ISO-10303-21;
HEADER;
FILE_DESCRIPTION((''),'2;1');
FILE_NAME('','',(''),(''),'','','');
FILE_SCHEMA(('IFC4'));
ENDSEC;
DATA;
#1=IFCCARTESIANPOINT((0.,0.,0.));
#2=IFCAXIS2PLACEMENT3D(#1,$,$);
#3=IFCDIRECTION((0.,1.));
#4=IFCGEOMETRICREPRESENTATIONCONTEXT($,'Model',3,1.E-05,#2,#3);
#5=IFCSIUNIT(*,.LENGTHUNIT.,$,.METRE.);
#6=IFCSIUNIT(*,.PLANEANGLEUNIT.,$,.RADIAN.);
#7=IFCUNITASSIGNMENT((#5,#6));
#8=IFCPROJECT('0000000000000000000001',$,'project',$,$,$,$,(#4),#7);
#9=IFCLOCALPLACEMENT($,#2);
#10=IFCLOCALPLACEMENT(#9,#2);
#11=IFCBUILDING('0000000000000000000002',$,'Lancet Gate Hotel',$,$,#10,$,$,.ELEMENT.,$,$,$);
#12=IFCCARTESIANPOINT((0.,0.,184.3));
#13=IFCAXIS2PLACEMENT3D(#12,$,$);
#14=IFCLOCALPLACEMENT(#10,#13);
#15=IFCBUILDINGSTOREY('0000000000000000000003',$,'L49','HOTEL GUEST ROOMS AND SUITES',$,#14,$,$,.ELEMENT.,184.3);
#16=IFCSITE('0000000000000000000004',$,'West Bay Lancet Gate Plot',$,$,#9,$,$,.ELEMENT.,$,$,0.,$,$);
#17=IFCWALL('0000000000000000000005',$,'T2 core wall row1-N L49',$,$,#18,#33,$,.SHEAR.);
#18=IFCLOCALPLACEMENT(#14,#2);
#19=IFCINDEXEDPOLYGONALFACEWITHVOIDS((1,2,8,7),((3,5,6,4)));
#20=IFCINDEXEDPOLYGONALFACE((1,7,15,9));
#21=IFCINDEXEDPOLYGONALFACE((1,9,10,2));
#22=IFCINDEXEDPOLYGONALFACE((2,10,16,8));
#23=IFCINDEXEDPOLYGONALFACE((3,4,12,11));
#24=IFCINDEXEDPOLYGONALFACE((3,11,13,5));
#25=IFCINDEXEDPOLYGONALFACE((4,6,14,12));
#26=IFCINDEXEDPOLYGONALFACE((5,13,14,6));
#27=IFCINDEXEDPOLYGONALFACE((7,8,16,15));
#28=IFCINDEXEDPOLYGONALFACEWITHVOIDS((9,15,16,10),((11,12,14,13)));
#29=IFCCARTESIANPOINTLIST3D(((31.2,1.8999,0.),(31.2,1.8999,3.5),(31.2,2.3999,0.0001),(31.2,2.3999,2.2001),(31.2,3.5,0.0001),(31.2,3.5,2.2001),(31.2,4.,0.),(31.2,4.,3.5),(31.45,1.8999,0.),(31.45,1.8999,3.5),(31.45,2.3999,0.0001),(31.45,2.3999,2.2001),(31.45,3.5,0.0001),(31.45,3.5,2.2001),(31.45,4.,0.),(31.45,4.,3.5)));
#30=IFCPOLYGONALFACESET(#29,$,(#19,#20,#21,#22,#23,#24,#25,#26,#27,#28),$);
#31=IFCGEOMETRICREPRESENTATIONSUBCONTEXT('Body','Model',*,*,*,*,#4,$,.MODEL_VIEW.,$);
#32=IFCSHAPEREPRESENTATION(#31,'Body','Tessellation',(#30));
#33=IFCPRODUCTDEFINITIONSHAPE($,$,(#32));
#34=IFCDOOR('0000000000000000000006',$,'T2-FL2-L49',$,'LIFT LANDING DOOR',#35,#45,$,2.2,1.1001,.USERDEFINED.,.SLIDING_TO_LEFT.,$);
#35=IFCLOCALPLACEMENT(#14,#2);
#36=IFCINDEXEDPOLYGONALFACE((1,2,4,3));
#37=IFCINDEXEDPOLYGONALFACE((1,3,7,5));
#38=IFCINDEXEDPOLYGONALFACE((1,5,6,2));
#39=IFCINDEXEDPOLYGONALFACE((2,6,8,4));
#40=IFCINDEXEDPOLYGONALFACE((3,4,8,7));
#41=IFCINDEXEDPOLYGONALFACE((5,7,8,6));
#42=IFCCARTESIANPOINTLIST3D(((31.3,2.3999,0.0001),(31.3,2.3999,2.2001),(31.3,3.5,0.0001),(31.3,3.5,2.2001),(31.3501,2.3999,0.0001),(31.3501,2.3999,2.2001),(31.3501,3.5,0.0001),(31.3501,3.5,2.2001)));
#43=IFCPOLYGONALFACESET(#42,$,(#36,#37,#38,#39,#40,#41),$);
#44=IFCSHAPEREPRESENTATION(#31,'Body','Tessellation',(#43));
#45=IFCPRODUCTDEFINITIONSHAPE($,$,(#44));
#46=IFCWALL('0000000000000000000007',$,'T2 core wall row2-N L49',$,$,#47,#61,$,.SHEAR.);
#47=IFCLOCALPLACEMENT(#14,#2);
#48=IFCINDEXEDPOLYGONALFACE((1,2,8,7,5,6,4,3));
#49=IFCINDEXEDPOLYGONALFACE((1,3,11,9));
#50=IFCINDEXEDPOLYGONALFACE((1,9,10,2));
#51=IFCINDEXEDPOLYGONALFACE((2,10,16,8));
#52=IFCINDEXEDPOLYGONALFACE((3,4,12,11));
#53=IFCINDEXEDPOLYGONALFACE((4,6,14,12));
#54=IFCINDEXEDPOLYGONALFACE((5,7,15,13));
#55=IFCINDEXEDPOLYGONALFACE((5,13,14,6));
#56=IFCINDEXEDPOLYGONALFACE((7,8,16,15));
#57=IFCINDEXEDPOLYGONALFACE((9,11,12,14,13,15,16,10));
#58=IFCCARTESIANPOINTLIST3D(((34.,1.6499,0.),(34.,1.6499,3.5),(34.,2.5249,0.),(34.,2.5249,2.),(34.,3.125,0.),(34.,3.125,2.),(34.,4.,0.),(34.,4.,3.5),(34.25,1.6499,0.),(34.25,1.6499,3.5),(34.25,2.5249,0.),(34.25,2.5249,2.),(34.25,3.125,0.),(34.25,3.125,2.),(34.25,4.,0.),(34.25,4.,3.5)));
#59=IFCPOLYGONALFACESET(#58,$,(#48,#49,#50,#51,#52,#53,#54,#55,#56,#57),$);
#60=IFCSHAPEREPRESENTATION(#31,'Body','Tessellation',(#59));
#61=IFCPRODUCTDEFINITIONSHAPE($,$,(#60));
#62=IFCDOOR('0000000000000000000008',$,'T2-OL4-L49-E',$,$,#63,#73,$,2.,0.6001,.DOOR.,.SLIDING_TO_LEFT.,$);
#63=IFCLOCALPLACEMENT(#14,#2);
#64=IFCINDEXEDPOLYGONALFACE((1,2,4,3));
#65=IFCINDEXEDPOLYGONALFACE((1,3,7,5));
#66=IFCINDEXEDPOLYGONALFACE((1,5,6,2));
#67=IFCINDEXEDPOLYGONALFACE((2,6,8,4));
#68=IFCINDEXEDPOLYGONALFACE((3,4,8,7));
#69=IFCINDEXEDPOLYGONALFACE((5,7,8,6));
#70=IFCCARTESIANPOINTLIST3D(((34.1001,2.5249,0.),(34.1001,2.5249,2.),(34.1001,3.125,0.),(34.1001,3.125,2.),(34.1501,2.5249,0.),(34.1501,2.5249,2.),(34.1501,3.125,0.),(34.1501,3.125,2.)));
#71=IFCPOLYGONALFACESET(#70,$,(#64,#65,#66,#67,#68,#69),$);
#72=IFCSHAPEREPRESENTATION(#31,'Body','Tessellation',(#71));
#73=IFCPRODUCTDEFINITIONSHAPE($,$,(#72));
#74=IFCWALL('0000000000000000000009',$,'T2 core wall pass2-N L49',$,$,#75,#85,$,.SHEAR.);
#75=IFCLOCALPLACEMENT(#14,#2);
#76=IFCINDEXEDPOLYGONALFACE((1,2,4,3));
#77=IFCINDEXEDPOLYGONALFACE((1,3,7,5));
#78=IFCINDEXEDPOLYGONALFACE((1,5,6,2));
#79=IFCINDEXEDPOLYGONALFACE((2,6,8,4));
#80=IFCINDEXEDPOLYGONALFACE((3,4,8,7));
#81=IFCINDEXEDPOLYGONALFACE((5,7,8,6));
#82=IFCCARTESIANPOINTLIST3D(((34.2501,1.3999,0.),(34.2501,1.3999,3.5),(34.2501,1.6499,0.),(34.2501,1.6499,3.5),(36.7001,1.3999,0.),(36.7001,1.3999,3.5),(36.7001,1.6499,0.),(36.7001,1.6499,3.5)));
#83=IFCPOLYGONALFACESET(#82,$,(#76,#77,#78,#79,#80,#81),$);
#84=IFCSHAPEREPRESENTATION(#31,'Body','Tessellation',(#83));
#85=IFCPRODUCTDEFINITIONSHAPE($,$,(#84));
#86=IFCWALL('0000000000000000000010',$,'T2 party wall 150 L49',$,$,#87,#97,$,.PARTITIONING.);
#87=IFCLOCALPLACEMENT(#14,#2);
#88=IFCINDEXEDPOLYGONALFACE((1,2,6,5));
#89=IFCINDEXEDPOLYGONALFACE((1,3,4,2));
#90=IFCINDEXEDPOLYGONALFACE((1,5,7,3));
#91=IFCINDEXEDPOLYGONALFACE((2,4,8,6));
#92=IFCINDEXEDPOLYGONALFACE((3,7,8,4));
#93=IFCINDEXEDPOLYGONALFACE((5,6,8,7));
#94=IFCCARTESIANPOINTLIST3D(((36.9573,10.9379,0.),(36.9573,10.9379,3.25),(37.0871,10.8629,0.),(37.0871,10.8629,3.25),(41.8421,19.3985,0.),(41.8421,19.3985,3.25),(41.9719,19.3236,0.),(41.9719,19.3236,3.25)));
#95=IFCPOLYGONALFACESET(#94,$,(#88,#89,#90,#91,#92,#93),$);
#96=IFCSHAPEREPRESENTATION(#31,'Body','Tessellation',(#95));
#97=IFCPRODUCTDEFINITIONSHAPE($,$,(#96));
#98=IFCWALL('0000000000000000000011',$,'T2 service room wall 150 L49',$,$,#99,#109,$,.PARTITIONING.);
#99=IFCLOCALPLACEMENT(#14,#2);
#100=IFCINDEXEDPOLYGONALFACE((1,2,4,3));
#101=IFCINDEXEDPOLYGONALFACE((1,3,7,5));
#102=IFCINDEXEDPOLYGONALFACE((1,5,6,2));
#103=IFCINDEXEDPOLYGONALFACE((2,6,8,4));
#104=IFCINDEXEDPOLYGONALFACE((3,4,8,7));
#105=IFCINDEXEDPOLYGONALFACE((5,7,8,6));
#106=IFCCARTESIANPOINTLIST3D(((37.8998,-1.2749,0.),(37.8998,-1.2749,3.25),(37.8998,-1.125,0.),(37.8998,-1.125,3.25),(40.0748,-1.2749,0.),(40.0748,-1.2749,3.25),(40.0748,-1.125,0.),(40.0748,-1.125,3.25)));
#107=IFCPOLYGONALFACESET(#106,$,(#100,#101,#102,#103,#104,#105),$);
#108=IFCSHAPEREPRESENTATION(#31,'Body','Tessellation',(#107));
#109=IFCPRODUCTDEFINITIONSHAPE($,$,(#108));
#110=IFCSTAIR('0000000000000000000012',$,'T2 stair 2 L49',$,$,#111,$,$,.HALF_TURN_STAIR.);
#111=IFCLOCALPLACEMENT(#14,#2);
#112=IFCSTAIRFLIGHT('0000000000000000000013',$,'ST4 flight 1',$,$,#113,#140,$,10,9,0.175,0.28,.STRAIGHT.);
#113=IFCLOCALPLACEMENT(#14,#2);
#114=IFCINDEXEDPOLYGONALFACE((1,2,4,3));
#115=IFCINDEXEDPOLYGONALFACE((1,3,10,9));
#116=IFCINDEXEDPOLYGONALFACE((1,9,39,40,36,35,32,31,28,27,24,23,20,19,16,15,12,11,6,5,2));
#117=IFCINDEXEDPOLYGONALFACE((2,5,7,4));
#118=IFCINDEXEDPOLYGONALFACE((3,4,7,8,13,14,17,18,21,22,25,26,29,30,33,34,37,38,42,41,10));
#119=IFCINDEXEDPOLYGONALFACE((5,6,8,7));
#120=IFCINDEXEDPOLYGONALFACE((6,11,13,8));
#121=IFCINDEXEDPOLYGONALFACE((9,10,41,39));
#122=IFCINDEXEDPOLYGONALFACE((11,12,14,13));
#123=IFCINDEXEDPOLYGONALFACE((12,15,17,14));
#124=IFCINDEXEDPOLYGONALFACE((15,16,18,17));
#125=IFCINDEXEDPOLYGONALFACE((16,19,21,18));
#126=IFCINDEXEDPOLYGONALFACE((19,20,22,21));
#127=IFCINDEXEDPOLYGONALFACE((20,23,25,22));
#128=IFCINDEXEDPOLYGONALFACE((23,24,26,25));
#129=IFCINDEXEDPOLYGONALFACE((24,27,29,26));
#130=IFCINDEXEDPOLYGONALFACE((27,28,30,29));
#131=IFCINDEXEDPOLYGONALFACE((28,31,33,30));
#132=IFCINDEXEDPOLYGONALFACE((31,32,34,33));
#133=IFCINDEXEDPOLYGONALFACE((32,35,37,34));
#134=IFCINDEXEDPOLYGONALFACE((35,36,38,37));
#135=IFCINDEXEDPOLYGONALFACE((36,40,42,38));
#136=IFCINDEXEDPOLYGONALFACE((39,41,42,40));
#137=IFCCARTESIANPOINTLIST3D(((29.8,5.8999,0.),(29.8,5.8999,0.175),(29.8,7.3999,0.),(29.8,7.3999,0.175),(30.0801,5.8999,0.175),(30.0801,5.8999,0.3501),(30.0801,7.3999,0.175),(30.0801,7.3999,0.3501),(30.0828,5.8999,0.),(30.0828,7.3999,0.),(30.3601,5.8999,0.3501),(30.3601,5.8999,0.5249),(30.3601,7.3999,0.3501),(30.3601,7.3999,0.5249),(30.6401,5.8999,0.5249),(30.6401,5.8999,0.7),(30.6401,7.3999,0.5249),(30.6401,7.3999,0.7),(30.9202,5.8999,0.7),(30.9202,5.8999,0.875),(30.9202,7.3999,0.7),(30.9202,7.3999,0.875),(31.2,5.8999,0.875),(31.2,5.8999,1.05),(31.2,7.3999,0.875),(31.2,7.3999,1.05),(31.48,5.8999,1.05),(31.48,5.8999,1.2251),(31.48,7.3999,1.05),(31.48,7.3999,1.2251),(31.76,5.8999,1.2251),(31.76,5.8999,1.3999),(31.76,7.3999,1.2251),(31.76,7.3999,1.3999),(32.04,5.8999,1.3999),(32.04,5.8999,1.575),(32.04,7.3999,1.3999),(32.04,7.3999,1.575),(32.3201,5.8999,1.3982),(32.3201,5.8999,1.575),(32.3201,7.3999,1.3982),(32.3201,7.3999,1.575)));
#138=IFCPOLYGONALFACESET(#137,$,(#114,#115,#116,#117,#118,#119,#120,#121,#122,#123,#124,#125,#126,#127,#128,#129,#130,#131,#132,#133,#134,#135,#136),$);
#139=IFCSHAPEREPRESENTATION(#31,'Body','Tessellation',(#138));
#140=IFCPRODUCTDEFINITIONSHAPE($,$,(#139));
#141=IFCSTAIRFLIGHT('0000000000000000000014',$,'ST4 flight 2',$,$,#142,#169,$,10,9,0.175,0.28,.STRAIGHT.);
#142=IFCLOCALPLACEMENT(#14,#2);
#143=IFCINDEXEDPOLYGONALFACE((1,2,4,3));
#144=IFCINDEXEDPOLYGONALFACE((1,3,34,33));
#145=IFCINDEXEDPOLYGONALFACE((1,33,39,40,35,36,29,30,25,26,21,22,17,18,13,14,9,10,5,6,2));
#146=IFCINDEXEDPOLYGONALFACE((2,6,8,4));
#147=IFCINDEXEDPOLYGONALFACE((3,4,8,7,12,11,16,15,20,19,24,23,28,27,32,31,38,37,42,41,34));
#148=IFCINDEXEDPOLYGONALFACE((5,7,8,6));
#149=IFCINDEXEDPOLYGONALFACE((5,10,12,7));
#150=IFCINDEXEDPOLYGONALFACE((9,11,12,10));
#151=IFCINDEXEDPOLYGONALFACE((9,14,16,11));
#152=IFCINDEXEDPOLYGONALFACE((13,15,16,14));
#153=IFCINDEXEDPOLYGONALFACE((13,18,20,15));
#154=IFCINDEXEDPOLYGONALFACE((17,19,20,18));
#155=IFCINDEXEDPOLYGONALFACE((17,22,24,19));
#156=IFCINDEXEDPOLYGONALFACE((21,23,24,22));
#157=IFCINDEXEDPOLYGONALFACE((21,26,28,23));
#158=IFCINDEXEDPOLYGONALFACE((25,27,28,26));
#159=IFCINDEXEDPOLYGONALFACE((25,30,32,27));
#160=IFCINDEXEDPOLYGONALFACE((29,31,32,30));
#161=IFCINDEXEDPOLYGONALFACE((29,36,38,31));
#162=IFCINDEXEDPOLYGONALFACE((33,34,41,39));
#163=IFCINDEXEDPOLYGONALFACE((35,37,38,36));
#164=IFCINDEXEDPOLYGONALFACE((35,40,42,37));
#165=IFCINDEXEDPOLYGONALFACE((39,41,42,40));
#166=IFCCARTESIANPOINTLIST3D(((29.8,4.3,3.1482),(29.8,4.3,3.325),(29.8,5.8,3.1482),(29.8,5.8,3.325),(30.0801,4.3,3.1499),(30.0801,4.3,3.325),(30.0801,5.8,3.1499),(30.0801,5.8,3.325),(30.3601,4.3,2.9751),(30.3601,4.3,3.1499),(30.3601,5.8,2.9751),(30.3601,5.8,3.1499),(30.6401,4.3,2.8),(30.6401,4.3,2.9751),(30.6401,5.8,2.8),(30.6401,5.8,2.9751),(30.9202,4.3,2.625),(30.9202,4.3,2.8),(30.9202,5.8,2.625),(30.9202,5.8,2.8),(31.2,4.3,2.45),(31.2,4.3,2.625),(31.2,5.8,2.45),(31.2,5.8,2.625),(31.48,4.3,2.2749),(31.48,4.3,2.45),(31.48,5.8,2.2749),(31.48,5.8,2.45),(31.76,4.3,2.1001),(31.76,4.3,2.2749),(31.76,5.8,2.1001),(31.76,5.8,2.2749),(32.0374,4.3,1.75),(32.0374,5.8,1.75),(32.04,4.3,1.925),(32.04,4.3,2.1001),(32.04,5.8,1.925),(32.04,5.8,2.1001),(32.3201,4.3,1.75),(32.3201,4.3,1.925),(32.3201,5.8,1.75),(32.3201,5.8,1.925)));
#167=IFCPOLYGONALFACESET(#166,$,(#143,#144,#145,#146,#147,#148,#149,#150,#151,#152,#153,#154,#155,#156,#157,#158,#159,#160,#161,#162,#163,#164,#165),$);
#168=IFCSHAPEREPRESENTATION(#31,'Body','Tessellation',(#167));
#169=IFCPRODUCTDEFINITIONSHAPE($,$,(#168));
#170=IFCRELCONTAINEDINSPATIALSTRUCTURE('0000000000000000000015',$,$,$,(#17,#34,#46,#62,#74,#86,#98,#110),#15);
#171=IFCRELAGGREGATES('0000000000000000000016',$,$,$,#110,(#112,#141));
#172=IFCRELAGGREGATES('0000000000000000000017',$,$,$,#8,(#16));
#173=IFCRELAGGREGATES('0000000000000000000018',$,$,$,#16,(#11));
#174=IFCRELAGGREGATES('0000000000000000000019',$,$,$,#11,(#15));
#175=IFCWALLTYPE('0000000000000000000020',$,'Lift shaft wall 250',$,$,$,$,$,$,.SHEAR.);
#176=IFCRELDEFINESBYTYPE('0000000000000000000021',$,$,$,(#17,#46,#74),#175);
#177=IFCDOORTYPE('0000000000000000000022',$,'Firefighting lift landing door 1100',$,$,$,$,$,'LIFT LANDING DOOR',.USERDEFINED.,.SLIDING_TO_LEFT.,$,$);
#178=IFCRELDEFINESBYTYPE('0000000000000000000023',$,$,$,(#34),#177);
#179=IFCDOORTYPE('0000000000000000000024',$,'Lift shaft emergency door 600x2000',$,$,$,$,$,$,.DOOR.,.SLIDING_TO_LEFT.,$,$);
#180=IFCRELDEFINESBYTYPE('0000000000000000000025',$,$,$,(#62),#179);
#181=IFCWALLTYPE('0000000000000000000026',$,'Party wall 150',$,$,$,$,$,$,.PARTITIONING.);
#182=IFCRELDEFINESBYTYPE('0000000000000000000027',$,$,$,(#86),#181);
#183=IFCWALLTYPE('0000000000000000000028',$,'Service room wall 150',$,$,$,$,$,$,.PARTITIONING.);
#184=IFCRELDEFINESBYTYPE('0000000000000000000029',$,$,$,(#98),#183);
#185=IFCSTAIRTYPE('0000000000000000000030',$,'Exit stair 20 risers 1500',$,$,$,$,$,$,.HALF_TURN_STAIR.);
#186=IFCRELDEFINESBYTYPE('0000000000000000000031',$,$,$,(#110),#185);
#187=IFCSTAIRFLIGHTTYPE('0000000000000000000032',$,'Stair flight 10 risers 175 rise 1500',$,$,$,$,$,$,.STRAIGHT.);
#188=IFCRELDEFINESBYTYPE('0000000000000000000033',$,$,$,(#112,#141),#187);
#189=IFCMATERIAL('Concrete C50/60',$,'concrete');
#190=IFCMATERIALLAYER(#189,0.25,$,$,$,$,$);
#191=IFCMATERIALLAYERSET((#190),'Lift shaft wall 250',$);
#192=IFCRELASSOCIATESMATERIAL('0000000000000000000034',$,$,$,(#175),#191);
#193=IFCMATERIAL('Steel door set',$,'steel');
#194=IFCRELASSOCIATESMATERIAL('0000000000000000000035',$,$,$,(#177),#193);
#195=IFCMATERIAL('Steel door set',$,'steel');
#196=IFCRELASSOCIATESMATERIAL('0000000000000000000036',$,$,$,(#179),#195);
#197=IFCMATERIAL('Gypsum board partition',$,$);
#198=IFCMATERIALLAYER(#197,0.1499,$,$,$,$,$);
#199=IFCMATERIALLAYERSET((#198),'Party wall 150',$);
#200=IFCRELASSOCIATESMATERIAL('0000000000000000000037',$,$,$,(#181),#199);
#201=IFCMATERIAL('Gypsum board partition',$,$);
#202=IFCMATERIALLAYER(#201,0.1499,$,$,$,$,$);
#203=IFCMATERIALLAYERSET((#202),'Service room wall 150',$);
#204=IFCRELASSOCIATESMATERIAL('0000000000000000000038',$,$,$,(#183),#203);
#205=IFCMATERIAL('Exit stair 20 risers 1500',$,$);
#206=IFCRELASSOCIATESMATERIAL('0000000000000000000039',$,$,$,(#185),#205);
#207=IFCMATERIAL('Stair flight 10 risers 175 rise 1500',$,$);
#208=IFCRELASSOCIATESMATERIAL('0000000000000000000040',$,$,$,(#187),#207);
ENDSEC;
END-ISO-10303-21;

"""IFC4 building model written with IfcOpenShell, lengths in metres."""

from ifc_helpers import new_model, si_unit, direction, frame, frame_2d, origin, place, context, subcontext, project, spatial, polyline, rectangle, outline, extrude, material, layer, layer_set, type_object, element, fill, aggregate, save


model = new_model("IFC4")

# Units and contexts
model_context = context("Model", 3, precision=1e-05, world=origin(), true_north=direction((0.0, 1.0)))
body_context = subcontext(model_context, "Body", "Model", "MODEL_VIEW")
ifc_project = project(units=[si_unit("LENGTHUNIT", "METRE"), si_unit("PLANEANGLEUNIT", "RADIAN")], contexts=[model_context])

# Site, building, storey
site_placement = place(None, origin())
site = spatial("IfcSite", under=ifc_project, at=site_placement, Name="West Bay Lancet Gate Plot", CompositionType="ELEMENT", RefElevation=0.0)
building_placement = place(site_placement, origin())
building = spatial("IfcBuilding", under=site, at=building_placement, Name="Lancet Gate Hotel", CompositionType="ELEMENT")
storey_placement = place(building_placement, frame((0.0, 0.0, 184.3)))
storey = spatial("IfcBuildingStorey", under=building, at=storey_placement, Name="L49", Description="HOTEL GUEST ROOMS AND SUITES", CompositionType="ELEMENT", Elevation=184.3)

# Walls, openings, doors
ifc_material_1 = material(Name="Concrete C50/60", Category="concrete")
ifc_layer_1 = layer(ifc_material_1, 0.25)
ifc_layer_set_1 = layer_set([ifc_layer_1], Name="Lift shaft wall 250")
wall_type_1 = type_object("IfcWallType", Name="Lift shaft wall 250", PredefinedType="SHEAR", material=ifc_layer_set_1)
wall_1_placement = place(storey_placement, frame((31.325, 1.8999, 0.0), z_axis=(0.0, 0.0, 1.0), x_axis=(0.0, 1.0, 0.0)))
wall_1 = element("IfcWall", 1, at=wall_1_placement, inside=storey, type_object=wall_type_1, Name="T2 core wall row1-N L49", PredefinedType="SHEAR", context=body_context, shape_type="SweptSolid", body=[
    extrude(rectangle(XDim=2.1001, YDim=0.25, at=frame_2d((1.05, 0.0))), origin(), (0.0, 0.0, 1.0), 3.5),
])
opening_1_placement = place(wall_1_placement, frame((0.5, 0.0, 0.0)))
opening_1 = element("IfcOpeningElement", 2, at=opening_1_placement, cuts=wall_1, PredefinedType="OPENING", context=body_context, shape_type="SweptSolid", body=[
    extrude(rectangle(XDim=1.1001, YDim=2.2, at=frame_2d((0.55, 1.1001))), frame((0.0, 0.135, 0.0), z_axis=(0.0, -1.0, 0.0), x_axis=(1.0, 0.0, 0.0)), (0.0, 0.0, 1.0), 0.27),
])
ifc_material_2 = material(Name="Steel door set", Category="steel")
door_type_1 = type_object("IfcDoorType", Name="Firefighting lift landing door 1100", ElementType="LIFT LANDING DOOR", OperationType="SLIDING_TO_LEFT", PredefinedType="USERDEFINED", material=ifc_material_2)
door_1_placement = place(opening_1_placement, origin())
door_1 = element("IfcDoor", 3, at=door_1_placement, inside=storey, type_object=door_type_1, Name="T2-FL2-L49", ObjectType="LIFT LANDING DOOR", OperationType="SLIDING_TO_LEFT", OverallHeight=2.2, OverallWidth=1.1001, PredefinedType="USERDEFINED", context=body_context, shape_type="SweptSolid", body=[
    extrude(rectangle(XDim=1.1001, YDim=2.2, at=frame_2d((0.55, 1.1001))), frame((0.0, 0.0249, 0.0), z_axis=(0.0, -1.0, 0.0), x_axis=(1.0, 0.0, 0.0)), (0.0, 0.0, 1.0), 0.05),
])
fill(opening_1, door_1)
wall_2_placement = place(storey_placement, frame((34.125, 1.6499, 0.0), z_axis=(0.0, 0.0, 1.0), x_axis=(0.0, 1.0, 0.0)))
wall_2 = element("IfcWall", 4, at=wall_2_placement, inside=storey, type_object=wall_type_1, Name="T2 core wall row2-N L49", PredefinedType="SHEAR", context=body_context, shape_type="SweptSolid", body=[
    extrude(rectangle(XDim=2.3501, YDim=0.25, at=frame_2d((1.175, 0.0))), origin(), (0.0, 0.0, 1.0), 3.5),
])
opening_2_placement = place(wall_2_placement, frame((0.875, 0.0, 0.0)))
opening_2 = element("IfcOpeningElement", 5, at=opening_2_placement, cuts=wall_2, PredefinedType="OPENING", context=body_context, shape_type="SweptSolid", body=[
    extrude(rectangle(XDim=0.6001, YDim=2.0, at=frame_2d((0.3, 1.0))), frame((0.0, 0.135, 0.0), z_axis=(0.0, -1.0, 0.0), x_axis=(1.0, 0.0, 0.0)), (0.0, 0.0, 1.0), 0.27),
])
ifc_material_3 = material(Name="Steel door set", Category="steel")
door_type_2 = type_object("IfcDoorType", Name="Lift shaft emergency door 600x2000", OperationType="SLIDING_TO_LEFT", PredefinedType="DOOR", material=ifc_material_3)
door_2_placement = place(opening_2_placement, origin())
door_2 = element("IfcDoor", 6, at=door_2_placement, inside=storey, type_object=door_type_2, Name="T2-OL4-L49-E", OperationType="SLIDING_TO_LEFT", OverallHeight=2.0, OverallWidth=0.6001, PredefinedType="DOOR", context=body_context, shape_type="SweptSolid", body=[
    extrude(rectangle(XDim=0.6001, YDim=2.0, at=frame_2d((0.3, 1.0))), frame((0.0, 0.0249, 0.0), z_axis=(0.0, -1.0, 0.0), x_axis=(1.0, 0.0, 0.0)), (0.0, 0.0, 1.0), 0.05),
])
fill(opening_2, door_2)

# Walls
wall_3_placement = place(storey_placement, frame((34.25, 1.5249, 0.0), z_axis=(0.0, 0.0, 1.0), x_axis=(1.0, 0.0, 0.0)))
element("IfcWall", 7, at=wall_3_placement, inside=storey, type_object=wall_type_1, Name="T2 core wall pass2-N L49", PredefinedType="SHEAR", context=body_context, shape_type="SweptSolid", body=[
    extrude(rectangle(XDim=2.45, YDim=0.25, at=frame_2d((1.2251, 0.0))), origin(), (0.0, 0.0, 1.0), 3.5),
])
ifc_material_4 = material(Name="Gypsum board partition")
ifc_layer_2 = layer(ifc_material_4, 0.1499)
ifc_layer_set_2 = layer_set([ifc_layer_2], Name="Party wall 150")
wall_type_2 = type_object("IfcWallType", Name="Party wall 150", PredefinedType="PARTITIONING", material=ifc_layer_set_2)
wall_4_placement = place(storey_placement, frame((37.0222, 10.9004, 0.0), z_axis=(0.0, 0.0, 1.0), x_axis=(0.499999, 0.866026, 0.0)))
element("IfcWall", 8, at=wall_4_placement, inside=storey, type_object=wall_type_2, Name="T2 party wall 150 L49", PredefinedType="PARTITIONING", context=body_context, shape_type="SweptSolid", body=[
    extrude(rectangle(XDim=9.7695, YDim=0.1499, at=frame_2d((4.8848, 0.0))), origin(), (0.0, 0.0, 1.0), 3.25),
])
ifc_material_5 = material(Name="Gypsum board partition")
ifc_layer_3 = layer(ifc_material_5, 0.1499)
ifc_layer_set_3 = layer_set([ifc_layer_3], Name="Service room wall 150")
wall_type_3 = type_object("IfcWallType", Name="Service room wall 150", PredefinedType="PARTITIONING", material=ifc_layer_set_3)
wall_5_placement = place(storey_placement, frame((37.8999, -1.2, 0.0), z_axis=(0.0, 0.0, 1.0), x_axis=(1.0, 0.0, 0.0)))
element("IfcWall", 9, at=wall_5_placement, inside=storey, type_object=wall_type_3, Name="T2 service room wall 150 L49", PredefinedType="PARTITIONING", context=body_context, shape_type="SweptSolid", body=[
    extrude(rectangle(XDim=2.175, YDim=0.1499, at=frame_2d((1.0874, 0.0))), origin(), (0.0, 0.0, 1.0), 3.25),
])

# Stair, stair flights
ifc_material_6 = material(Name="Exit stair 20 risers 1500")
stair_type = type_object("IfcStairType", Name="Exit stair 20 risers 1500", PredefinedType="HALF_TURN_STAIR", material=ifc_material_6)
stair_placement = place(storey_placement, origin())
stair = element("IfcStair", 10, at=stair_placement, inside=storey, type_object=stair_type, Name="T2 stair 2 L49", PredefinedType="HALF_TURN_STAIR")
ifc_material_7 = material(Name="Stair flight 10 risers 175 rise 1500")
stair_flight_type = type_object("IfcStairFlightType", Name="Stair flight 10 risers 175 rise 1500", PredefinedType="STRAIGHT", material=ifc_material_7)
stair_flight_1_placement = place(storey_placement, frame((29.8, 6.6499, 0.0), z_axis=(0.0, 0.0, 1.0), x_axis=(1.0, 0.0, 0.0)))
stair_flight_1 = element("IfcStairFlight", 11, at=stair_flight_1_placement, type_object=stair_flight_type, Name="ST4 flight 1", NumberOfRisers=10, NumberOfTreads=9, PredefinedType="STRAIGHT", RiserHeight=0.175, TreadLength=0.28, context=body_context, shape_type="SweptSolid", body=[
    extrude(outline(polyline([(0.0, 0.0), (0.0, 0.175), (0.28, 0.175), (0.28, 0.3501), (0.5601, 0.3501), (0.5601, 0.5249), (0.8401, 0.5249), (0.8401, 0.7), (1.1201, 0.7), (1.1201, 0.875), (1.3999, 0.875), (1.3999, 1.05), (1.6799, 1.05), (1.6799, 1.2251), (1.96, 1.2251), (1.96, 1.3999), (2.24, 1.3999), (2.24, 1.575), (2.52, 1.575), (2.52, 1.75), (2.52, 1.3982), (0.2827, 0.0), (0.0, 0.0)])), frame((0.0, 0.75, 0.0), z_axis=(0.0, -1.0, 0.0), x_axis=(1.0, 0.0, 0.0)), (0.0, 0.0, 1.0), 1.5),
])
stair_flight_2_placement = place(storey_placement, frame((32.3201, 5.05, 1.75), z_axis=(0.0, 0.0, 1.0), x_axis=(-1.0, 0.0, 0.0)))
stair_flight_2 = element("IfcStairFlight", 12, at=stair_flight_2_placement, type_object=stair_flight_type, Name="ST4 flight 2", NumberOfRisers=10, NumberOfTreads=9, PredefinedType="STRAIGHT", RiserHeight=0.175, TreadLength=0.28, context=body_context, shape_type="SweptSolid", body=[
    extrude(outline(polyline([(0.0, 0.0), (0.0, 0.175), (0.28, 0.175), (0.28, 0.3501), (0.5601, 0.3501), (0.5601, 0.5249), (0.8401, 0.5249), (0.8401, 0.7), (1.1201, 0.7), (1.1201, 0.875), (1.3999, 0.875), (1.3999, 1.05), (1.6799, 1.05), (1.6799, 1.2251), (1.96, 1.2251), (1.96, 1.3999), (2.24, 1.3999), (2.24, 1.575), (2.52, 1.575), (2.52, 1.75), (2.52, 1.3982), (0.2827, 0.0), (0.0, 0.0)])), frame((0.0, 0.75, 0.0), z_axis=(0.0, -1.0, 0.0), x_axis=(1.0, 0.0, 0.0)), (0.0, 0.0, 1.0), 1.5),
])
aggregate(stair, [stair_flight_1, stair_flight_2])

save(model, "model.ifc")
